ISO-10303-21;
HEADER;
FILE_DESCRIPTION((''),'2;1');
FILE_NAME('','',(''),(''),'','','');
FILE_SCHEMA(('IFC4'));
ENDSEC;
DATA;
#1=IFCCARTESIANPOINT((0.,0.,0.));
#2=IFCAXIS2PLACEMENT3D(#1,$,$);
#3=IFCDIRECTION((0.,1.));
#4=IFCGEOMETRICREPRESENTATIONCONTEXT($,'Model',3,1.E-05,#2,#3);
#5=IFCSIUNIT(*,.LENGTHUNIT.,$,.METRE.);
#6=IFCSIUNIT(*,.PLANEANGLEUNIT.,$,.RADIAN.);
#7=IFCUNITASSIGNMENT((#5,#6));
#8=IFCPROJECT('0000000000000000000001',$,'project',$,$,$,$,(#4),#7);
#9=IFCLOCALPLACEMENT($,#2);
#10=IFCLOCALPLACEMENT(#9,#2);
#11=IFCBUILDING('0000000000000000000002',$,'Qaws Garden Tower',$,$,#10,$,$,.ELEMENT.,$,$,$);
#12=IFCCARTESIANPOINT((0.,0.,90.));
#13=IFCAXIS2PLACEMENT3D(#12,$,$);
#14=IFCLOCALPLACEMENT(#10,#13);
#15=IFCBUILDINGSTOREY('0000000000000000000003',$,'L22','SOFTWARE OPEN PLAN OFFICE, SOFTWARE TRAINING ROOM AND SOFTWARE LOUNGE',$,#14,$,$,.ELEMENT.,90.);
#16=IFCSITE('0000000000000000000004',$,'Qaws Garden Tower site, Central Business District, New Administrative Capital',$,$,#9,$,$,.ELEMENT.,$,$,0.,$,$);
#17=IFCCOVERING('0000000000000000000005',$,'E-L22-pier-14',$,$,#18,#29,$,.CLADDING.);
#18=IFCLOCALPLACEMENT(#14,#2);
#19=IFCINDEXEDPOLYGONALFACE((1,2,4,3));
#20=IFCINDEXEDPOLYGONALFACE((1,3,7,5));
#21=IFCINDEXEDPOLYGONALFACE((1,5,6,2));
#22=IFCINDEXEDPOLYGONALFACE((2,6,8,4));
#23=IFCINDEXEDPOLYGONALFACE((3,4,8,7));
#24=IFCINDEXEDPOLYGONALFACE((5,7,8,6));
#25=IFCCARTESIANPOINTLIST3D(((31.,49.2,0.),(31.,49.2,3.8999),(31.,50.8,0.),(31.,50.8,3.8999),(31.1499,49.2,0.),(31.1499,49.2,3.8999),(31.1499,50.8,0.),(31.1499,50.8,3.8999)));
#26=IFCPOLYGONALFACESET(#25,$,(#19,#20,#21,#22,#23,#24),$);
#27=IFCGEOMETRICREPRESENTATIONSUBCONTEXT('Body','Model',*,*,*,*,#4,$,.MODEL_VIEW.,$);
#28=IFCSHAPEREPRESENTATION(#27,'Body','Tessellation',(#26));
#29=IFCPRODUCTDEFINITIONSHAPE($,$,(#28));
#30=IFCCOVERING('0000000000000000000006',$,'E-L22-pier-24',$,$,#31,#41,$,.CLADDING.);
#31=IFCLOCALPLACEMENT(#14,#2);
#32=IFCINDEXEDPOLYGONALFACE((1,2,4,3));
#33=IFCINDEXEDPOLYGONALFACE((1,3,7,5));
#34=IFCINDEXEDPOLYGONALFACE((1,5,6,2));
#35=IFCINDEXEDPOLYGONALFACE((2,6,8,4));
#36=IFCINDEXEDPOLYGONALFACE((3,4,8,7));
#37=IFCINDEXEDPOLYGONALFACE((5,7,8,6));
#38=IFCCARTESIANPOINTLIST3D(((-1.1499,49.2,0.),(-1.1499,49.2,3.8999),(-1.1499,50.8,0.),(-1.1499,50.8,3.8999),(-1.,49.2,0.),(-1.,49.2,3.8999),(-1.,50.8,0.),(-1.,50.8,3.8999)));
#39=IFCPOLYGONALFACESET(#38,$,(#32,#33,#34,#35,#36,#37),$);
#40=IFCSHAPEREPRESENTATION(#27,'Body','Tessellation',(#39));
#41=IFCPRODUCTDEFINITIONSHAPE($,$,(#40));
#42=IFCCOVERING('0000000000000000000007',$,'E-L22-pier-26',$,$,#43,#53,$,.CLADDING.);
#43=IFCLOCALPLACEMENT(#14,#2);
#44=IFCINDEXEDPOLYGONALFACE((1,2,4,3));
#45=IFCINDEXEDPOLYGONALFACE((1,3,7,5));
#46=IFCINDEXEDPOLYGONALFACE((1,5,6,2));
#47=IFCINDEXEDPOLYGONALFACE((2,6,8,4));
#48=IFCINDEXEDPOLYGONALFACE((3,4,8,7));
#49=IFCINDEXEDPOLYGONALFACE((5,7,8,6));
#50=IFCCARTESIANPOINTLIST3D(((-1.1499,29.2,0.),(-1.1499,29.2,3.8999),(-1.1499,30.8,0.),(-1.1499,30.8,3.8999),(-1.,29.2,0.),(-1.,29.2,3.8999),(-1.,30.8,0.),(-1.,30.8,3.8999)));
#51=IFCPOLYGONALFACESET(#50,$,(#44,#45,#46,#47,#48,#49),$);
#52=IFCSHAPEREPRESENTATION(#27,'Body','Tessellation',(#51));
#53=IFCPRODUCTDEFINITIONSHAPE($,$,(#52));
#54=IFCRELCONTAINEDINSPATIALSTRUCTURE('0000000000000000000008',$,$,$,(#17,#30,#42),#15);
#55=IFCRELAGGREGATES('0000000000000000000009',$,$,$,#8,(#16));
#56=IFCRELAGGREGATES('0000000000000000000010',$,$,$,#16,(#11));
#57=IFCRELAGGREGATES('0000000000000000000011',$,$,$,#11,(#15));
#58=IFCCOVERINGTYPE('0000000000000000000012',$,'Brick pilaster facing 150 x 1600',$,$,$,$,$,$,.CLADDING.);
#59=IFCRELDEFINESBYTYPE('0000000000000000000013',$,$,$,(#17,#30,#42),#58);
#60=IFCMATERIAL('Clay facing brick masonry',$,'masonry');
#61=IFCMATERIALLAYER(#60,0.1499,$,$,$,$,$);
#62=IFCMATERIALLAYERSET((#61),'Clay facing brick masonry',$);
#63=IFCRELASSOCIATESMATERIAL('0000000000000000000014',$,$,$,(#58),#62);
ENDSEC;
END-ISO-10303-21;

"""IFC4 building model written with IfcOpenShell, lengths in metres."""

from ifc_helpers import new_model, si_unit, direction, frame, origin, place, context, subcontext, project, spatial, polyline, outline, extrude, material, layer, layer_set, type_object, element, save


model = new_model("IFC4")

# Units and contexts
model_context = context("Model", 3, precision=1e-05, world=origin(), true_north=direction((0.0, 1.0)))
body_context = subcontext(model_context, "Body", "Model", "MODEL_VIEW")
ifc_project = project(units=[si_unit("LENGTHUNIT", "METRE"), si_unit("PLANEANGLEUNIT", "RADIAN")], contexts=[model_context])

# Site, building, storey
site_placement = place(None, origin())
site = spatial("IfcSite", under=ifc_project, at=site_placement, Name="Qaws Garden Tower site, Central Business District, New Administrative Capital", CompositionType="ELEMENT", RefElevation=0.0)
building_placement = place(site_placement, origin())
building = spatial("IfcBuilding", under=site, at=building_placement, Name="Qaws Garden Tower", CompositionType="ELEMENT")
storey_placement = place(building_placement, frame((0.0, 0.0, 90.0)))
storey = spatial("IfcBuildingStorey", under=building, at=storey_placement, Name="L22", Description="SOFTWARE OPEN PLAN OFFICE, SOFTWARE TRAINING ROOM AND SOFTWARE LOUNGE", CompositionType="ELEMENT", Elevation=90.0)

# Shared definitions
placement = place(storey_placement, origin())

# Coverings
ifc_material_1 = material(Name="Clay facing brick masonry", Category="masonry")
ifc_layer_1 = layer(ifc_material_1, 0.1499)
ifc_layer_set_1 = layer_set([ifc_layer_1], Name="Clay facing brick masonry")
covering_type = type_object("IfcCoveringType", Name="Brick pilaster facing 150 x 1600", PredefinedType="CLADDING", material=ifc_layer_set_1)
element("IfcCovering", 1, at=placement, inside=storey, type_object=covering_type, Name="E-L22-pier-14", PredefinedType="CLADDING", context=body_context, shape_type="SweptSolid", body=[
    extrude(outline(polyline([(31.0, 49.2), (31.0, 50.8), (31.1499, 50.8), (31.1499, 49.2), (31.0, 49.2)])), origin(), (0.0, 0.0, 1.0), 3.8999),
])
element("IfcCovering", 2, at=placement, inside=storey, type_object=covering_type, Name="E-L22-pier-24", PredefinedType="CLADDING", context=body_context, shape_type="SweptSolid", body=[
    extrude(outline(polyline([(-1.0, 50.8), (-1.0, 49.2), (-1.1499, 49.2), (-1.1499, 50.8), (-1.0, 50.8)])), origin(), (0.0, 0.0, 1.0), 3.8999),
])
element("IfcCovering", 3, at=placement, inside=storey, type_object=covering_type, Name="E-L22-pier-26", PredefinedType="CLADDING", context=body_context, shape_type="SweptSolid", body=[
    extrude(outline(polyline([(-1.0, 30.8), (-1.0, 29.2), (-1.1499, 29.2), (-1.1499, 30.8), (-1.0, 30.8)])), origin(), (0.0, 0.0, 1.0), 3.8999),
])

save(model, "model.ifc")
